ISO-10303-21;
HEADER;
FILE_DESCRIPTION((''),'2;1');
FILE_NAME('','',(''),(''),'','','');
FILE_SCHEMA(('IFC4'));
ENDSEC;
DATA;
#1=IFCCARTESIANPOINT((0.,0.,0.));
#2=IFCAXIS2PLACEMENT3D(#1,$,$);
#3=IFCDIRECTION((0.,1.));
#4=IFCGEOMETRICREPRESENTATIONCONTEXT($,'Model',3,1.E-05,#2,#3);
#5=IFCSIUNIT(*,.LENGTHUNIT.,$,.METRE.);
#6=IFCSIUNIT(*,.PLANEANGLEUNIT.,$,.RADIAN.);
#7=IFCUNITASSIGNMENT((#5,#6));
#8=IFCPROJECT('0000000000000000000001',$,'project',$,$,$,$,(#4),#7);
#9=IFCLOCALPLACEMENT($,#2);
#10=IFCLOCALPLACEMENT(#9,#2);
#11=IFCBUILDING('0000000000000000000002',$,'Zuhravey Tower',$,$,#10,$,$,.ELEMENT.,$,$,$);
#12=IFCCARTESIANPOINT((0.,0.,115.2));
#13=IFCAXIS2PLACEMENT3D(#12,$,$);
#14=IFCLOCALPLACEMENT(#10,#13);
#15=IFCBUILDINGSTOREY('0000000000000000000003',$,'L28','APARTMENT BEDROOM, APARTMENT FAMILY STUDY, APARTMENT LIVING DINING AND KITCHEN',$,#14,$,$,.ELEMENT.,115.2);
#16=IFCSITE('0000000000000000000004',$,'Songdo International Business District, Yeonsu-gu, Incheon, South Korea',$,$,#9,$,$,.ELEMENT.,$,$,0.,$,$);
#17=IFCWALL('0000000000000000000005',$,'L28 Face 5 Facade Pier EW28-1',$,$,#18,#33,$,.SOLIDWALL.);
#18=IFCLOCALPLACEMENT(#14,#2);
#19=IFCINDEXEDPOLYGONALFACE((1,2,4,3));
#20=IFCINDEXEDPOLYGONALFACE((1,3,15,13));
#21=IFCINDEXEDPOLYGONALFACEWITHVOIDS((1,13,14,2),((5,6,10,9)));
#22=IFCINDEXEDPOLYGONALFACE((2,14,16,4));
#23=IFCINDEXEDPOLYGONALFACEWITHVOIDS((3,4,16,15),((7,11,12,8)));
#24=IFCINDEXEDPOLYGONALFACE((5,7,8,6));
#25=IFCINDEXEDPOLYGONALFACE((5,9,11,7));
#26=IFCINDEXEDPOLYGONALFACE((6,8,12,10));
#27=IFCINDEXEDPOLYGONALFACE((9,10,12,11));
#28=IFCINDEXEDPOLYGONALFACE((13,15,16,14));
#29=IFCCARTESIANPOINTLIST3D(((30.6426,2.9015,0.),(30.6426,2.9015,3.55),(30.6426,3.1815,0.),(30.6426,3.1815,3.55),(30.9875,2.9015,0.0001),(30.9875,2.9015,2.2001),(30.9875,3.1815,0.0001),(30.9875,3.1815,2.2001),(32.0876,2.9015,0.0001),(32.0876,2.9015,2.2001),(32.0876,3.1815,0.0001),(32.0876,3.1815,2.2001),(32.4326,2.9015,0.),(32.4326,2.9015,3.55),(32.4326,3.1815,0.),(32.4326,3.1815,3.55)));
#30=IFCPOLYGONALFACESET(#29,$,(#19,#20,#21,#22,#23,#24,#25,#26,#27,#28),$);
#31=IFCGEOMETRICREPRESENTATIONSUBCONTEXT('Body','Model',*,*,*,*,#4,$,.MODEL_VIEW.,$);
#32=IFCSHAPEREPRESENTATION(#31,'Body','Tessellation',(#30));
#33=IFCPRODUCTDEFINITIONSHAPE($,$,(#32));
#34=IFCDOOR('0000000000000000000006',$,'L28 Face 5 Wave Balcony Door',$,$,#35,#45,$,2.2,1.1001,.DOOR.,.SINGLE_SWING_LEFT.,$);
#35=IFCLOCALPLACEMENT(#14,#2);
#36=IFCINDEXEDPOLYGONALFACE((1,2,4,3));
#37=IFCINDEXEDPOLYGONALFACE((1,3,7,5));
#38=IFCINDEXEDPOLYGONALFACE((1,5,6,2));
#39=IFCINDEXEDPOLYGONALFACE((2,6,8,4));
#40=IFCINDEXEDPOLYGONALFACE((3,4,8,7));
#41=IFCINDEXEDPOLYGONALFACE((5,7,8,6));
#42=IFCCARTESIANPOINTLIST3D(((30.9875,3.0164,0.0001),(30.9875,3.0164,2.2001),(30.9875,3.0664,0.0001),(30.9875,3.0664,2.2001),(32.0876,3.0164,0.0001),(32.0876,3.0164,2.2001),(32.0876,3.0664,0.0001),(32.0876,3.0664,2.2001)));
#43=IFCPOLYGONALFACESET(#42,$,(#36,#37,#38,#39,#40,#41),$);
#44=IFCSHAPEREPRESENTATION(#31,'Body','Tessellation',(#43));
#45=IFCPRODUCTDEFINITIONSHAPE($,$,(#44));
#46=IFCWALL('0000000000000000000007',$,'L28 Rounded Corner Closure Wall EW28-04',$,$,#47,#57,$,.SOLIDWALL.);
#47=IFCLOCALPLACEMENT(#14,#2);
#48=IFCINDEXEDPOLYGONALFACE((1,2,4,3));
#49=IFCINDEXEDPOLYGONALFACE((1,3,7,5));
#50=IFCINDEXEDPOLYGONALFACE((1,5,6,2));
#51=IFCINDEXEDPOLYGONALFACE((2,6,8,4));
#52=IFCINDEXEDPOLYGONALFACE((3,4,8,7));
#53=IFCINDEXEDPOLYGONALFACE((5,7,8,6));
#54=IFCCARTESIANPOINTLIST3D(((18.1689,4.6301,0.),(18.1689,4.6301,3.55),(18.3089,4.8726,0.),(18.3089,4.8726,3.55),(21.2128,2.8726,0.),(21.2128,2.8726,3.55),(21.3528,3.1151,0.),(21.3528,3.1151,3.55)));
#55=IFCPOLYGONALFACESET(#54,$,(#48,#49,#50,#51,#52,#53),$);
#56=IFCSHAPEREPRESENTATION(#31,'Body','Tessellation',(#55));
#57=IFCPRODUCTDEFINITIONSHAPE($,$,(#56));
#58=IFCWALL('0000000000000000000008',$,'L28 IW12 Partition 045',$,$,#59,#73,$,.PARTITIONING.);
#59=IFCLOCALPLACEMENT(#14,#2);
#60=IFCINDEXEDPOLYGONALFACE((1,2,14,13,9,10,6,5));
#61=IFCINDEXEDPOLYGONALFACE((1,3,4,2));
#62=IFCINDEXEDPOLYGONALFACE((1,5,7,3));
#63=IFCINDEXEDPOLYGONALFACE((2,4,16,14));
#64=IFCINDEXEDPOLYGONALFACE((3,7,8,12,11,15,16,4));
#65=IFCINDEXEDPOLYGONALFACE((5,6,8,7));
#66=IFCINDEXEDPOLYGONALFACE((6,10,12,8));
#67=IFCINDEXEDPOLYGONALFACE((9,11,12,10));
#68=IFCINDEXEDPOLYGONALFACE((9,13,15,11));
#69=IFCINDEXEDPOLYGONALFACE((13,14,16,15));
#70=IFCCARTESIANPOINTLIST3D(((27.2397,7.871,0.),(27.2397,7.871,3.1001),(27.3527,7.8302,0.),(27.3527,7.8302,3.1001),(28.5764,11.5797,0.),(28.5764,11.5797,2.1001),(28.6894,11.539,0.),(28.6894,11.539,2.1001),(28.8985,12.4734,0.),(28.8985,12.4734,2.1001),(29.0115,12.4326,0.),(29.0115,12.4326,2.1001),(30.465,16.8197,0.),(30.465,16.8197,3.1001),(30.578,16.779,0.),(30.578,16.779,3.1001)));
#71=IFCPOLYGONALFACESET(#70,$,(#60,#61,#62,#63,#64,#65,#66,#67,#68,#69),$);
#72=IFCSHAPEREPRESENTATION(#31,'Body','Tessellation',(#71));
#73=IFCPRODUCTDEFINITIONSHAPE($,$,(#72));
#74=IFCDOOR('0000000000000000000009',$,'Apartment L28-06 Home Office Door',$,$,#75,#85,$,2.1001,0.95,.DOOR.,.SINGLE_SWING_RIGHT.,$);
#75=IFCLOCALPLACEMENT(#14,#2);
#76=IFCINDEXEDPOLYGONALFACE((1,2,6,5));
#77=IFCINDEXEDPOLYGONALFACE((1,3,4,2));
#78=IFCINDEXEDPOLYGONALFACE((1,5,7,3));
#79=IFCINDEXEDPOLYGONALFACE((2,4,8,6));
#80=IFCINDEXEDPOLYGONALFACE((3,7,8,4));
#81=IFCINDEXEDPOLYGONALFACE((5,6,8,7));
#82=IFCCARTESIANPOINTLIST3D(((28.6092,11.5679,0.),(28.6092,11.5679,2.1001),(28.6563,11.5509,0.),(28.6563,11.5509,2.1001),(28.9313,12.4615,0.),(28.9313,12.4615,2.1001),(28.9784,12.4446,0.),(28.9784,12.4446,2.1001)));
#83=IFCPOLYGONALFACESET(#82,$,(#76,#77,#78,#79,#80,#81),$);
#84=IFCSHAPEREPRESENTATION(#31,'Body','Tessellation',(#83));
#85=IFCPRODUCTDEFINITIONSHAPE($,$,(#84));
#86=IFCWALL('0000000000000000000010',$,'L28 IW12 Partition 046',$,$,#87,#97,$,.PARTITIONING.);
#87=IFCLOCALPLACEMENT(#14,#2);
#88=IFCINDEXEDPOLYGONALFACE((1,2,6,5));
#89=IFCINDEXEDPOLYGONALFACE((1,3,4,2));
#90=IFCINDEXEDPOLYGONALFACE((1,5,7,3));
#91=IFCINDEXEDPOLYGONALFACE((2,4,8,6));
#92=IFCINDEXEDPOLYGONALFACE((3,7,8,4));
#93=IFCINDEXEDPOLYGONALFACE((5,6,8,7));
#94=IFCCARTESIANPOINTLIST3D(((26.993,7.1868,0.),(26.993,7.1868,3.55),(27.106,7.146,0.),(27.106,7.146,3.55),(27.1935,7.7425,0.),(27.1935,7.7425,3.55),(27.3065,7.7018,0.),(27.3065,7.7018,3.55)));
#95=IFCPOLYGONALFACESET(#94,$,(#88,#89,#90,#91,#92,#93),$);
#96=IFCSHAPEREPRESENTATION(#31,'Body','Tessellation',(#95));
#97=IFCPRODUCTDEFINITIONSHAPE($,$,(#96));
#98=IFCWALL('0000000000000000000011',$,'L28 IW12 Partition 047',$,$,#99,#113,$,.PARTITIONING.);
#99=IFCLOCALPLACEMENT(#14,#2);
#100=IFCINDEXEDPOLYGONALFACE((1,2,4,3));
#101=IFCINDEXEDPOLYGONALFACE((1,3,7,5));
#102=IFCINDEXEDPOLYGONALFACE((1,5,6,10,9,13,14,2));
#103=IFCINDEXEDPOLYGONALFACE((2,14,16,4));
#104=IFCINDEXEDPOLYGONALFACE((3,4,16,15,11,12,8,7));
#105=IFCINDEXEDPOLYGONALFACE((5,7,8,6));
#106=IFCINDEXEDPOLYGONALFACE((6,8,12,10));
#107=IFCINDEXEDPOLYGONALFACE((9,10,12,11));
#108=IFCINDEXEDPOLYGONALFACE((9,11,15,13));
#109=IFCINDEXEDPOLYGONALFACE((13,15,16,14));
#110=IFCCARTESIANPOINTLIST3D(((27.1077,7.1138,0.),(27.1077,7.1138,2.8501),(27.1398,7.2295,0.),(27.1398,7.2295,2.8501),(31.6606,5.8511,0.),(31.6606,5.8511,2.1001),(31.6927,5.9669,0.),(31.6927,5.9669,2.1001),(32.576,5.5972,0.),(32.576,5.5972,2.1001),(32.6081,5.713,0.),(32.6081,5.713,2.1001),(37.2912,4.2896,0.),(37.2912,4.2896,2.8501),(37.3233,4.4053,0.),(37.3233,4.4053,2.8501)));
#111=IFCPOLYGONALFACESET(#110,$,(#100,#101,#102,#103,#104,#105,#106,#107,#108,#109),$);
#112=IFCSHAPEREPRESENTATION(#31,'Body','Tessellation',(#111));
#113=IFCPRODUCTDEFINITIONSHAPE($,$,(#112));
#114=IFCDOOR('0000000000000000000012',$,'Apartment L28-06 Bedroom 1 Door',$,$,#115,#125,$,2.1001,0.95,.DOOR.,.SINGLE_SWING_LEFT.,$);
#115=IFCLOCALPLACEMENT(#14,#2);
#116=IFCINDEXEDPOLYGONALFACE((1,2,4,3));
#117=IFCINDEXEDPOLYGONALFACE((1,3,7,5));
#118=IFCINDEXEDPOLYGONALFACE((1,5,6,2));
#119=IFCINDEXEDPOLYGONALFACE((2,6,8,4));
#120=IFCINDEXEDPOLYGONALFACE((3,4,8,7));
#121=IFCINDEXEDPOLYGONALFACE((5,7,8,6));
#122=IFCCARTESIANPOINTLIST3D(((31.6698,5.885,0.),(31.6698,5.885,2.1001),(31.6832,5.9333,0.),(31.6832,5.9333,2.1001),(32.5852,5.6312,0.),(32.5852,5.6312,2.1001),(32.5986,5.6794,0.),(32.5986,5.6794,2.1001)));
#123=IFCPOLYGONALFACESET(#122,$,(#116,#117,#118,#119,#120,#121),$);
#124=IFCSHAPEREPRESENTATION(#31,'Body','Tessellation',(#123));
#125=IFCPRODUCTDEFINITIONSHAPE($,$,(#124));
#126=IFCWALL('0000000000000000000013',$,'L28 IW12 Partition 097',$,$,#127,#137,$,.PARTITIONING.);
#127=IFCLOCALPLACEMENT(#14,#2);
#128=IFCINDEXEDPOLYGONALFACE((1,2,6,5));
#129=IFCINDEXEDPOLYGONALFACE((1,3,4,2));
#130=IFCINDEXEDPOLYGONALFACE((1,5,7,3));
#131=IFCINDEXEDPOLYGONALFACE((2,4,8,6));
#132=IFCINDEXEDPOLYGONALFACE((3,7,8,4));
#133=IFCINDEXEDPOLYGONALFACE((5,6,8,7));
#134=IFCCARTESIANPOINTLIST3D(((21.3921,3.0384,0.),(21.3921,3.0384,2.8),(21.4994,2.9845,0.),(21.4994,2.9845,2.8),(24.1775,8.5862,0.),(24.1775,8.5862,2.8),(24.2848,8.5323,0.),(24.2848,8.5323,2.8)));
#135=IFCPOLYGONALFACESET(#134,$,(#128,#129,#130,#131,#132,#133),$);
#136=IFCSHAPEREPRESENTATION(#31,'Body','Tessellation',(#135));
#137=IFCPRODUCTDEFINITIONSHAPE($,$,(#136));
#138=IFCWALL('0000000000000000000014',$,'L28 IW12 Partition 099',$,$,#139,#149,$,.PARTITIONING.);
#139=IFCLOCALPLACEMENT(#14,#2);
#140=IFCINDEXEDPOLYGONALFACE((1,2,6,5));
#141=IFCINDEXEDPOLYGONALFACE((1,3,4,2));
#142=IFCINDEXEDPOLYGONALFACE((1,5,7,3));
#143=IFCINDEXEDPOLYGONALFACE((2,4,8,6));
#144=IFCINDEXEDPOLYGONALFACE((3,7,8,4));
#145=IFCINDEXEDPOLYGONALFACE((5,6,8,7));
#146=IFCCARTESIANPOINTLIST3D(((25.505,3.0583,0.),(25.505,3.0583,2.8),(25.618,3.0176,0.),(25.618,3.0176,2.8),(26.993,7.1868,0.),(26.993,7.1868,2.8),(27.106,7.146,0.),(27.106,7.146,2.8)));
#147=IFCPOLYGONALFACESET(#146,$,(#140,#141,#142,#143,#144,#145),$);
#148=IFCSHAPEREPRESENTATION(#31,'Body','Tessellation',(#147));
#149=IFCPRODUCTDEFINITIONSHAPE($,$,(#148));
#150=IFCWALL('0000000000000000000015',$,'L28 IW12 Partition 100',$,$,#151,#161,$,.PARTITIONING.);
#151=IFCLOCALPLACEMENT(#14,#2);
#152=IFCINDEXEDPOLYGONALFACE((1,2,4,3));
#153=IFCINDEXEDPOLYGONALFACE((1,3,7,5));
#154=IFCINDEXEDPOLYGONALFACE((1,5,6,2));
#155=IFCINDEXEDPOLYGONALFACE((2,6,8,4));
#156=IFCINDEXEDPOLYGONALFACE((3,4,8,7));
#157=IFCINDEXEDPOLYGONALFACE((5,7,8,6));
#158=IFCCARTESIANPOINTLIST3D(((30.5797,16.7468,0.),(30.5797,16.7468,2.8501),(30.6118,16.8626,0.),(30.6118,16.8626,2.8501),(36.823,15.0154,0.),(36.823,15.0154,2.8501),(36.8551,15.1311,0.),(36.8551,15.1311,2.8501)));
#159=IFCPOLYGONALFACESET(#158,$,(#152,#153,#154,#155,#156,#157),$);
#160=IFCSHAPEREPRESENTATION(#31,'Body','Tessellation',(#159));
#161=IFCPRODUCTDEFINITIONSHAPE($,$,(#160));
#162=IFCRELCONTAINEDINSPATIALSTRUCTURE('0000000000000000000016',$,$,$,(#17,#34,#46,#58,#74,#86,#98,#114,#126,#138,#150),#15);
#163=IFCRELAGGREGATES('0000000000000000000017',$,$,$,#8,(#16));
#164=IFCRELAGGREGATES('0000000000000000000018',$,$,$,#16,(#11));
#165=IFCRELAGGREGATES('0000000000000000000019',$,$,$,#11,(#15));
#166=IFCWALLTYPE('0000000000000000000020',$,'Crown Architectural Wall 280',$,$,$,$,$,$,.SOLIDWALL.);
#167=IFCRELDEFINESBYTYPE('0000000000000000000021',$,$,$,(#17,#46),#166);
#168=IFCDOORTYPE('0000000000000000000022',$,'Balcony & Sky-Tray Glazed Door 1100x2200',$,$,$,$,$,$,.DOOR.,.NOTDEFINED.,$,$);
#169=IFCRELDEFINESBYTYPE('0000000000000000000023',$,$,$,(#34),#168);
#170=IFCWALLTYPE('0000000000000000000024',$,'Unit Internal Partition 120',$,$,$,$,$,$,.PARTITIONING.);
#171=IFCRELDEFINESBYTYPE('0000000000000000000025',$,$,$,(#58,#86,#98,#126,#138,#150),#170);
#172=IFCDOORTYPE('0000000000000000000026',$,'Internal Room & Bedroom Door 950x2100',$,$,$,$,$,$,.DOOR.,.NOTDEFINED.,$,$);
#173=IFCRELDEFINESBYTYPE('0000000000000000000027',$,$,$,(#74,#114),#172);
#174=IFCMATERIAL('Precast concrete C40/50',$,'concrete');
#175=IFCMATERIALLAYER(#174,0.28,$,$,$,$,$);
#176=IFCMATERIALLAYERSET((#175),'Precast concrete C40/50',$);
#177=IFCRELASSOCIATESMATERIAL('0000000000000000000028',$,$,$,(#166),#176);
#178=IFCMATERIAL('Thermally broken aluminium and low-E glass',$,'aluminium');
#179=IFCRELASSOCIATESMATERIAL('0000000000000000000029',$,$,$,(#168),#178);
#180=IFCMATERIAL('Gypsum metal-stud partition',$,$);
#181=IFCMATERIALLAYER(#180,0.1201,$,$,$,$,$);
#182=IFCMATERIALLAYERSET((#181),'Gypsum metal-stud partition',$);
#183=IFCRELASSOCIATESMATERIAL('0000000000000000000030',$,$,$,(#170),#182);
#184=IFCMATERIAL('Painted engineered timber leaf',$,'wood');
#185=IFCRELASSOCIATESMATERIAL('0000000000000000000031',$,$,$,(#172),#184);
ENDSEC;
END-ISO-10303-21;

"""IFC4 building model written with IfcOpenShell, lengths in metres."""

from ifc_helpers import new_model, si_unit, direction, frame, frame_2d, origin, place, context, subcontext, project, spatial, rectangle, extrude, material, layer, layer_set, type_object, element, fill, save


model = new_model("IFC4")

# Units and contexts
model_context = context("Model", 3, precision=1e-05, world=origin(), true_north=direction((0.0, 1.0)))
body_context = subcontext(model_context, "Body", "Model", "MODEL_VIEW")
ifc_project = project(units=[si_unit("LENGTHUNIT", "METRE"), si_unit("PLANEANGLEUNIT", "RADIAN")], contexts=[model_context])

# Site, building, storey
site_placement = place(None, origin())
site = spatial("IfcSite", under=ifc_project, at=site_placement, Name="Songdo International Business District, Yeonsu-gu, Incheon, South Korea", CompositionType="ELEMENT", RefElevation=0.0)
building_placement = place(site_placement, origin())
building = spatial("IfcBuilding", under=site, at=building_placement, Name="Zuhravey Tower", CompositionType="ELEMENT")
storey_placement = place(building_placement, frame((0.0, 0.0, 115.2)))
storey = spatial("IfcBuildingStorey", under=building, at=storey_placement, Name="L28", Description="APARTMENT BEDROOM, APARTMENT FAMILY STUDY, APARTMENT LIVING DINING AND KITCHEN", CompositionType="ELEMENT", Elevation=115.2)

# Wall, opening, door
ifc_material_1 = material(Name="Precast concrete C40/50", Category="concrete")
ifc_layer_1 = layer(ifc_material_1, 0.28)
ifc_layer_set_1 = layer_set([ifc_layer_1], Name="Precast concrete C40/50")
wall_type_1 = type_object("IfcWallType", Name="Crown Architectural Wall 280", PredefinedType="SOLIDWALL", material=ifc_layer_set_1)
wall_1_placement = place(storey_placement, frame((32.4326, 3.0415, 0.0), z_axis=(0.0, 0.0, 1.0), x_axis=(-1.0, 0.0, 0.0)))
wall_1 = element("IfcWall", 1, at=wall_1_placement, inside=storey, type_object=wall_type_1, Name="L28 Face 5 Facade Pier EW28-1", PredefinedType="SOLIDWALL", context=body_context, shape_type="SweptSolid", body=[
    extrude(rectangle(XDim=1.79, YDim=0.28, at=frame_2d((0.895, 0.0))), origin(), (0.0, 0.0, 1.0), 3.55),
])
opening_1_placement = place(wall_1_placement, frame((0.345, 0.0, 0.0)))
opening_1 = element("IfcOpeningElement", 2, at=opening_1_placement, cuts=wall_1, PredefinedType="OPENING", context=body_context, shape_type="SweptSolid", body=[
    extrude(rectangle(XDim=1.1001, YDim=2.2, at=frame_2d((0.55, 1.1001))), frame((0.0, 0.1521, 0.0), z_axis=(0.0, -1.0, 0.0), x_axis=(1.0, 0.0, 0.0)), (0.0, 0.0, 1.0), 0.304),
])
ifc_material_2 = material(Name="Thermally broken aluminium and low-E glass", Category="aluminium")
door_type_1 = type_object("IfcDoorType", Name="Balcony & Sky-Tray Glazed Door 1100x2200", OperationType="NOTDEFINED", PredefinedType="DOOR", material=ifc_material_2)
door_1_placement = place(opening_1_placement, frame((1.1001, 0.0, 0.0), z_axis=(0.0, 0.0, 1.0), x_axis=(-1.0, 0.0, 0.0)))
door_1 = element("IfcDoor", 3, at=door_1_placement, inside=storey, type_object=door_type_1, Name="L28 Face 5 Wave Balcony Door", OperationType="SINGLE_SWING_LEFT", OverallHeight=2.2, OverallWidth=1.1001, PredefinedType="DOOR", context=body_context, shape_type="SweptSolid", body=[
    extrude(rectangle(XDim=1.1001, YDim=2.2, at=frame_2d((0.55, 1.1001))), frame((0.0, 0.0249, 0.0), z_axis=(0.0, -1.0, 0.0), x_axis=(1.0, 0.0, 0.0)), (0.0, 0.0, 1.0), 0.05),
])
fill(opening_1, door_1)

# Wall
wall_2_placement = place(storey_placement, frame((21.2827, 2.9939, 0.0), z_axis=(0.0, 0.0, 1.0), x_axis=(-0.866007, 0.500031, 0.0)))
element("IfcWall", 4, at=wall_2_placement, inside=storey, type_object=wall_type_1, Name="L28 Rounded Corner Closure Wall EW28-04", PredefinedType="SOLIDWALL", context=body_context, shape_type="SweptSolid", body=[
    extrude(rectangle(XDim=3.5149, YDim=0.28, at=frame_2d((1.7573, 0.0))), origin(), (0.0, 0.0, 1.0), 3.55),
])

# Wall, opening, door
ifc_material_3 = material(Name="Gypsum metal-stud partition")
ifc_layer_2 = layer(ifc_material_3, 0.1201)
ifc_layer_set_2 = layer_set([ifc_layer_2], Name="Gypsum metal-stud partition")
wall_type_2 = type_object("IfcWallType", Name="Unit Internal Partition 120", PredefinedType="PARTITIONING", material=ifc_layer_set_2)
wall_3_placement = place(storey_placement, frame((30.5215, 16.7993, 0.0), z_axis=(0.0, 0.0, 1.0), x_axis=(-0.339073, -0.94076, 0.0)))
wall_3 = element("IfcWall", 5, at=wall_3_placement, inside=storey, type_object=wall_type_2, Name="L28 IW12 Partition 045", PredefinedType="PARTITIONING", context=body_context, shape_type="SweptSolid", body=[
    extrude(rectangle(XDim=9.5122, YDim=0.1201, at=frame_2d((4.7561, 0.0))), origin(), (0.0, 0.0, 1.0), 3.1001),
])
opening_2_placement = place(wall_3_placement, frame((4.6199, 0.0, 0.0)))
opening_2 = element("IfcOpeningElement", 6, at=opening_2_placement, cuts=wall_3, PredefinedType="OPENING", context=body_context, shape_type="SweptSolid", body=[
    extrude(rectangle(XDim=0.95, YDim=2.1001, at=frame_2d((0.4751, 1.05))), frame((0.0, 0.072, 0.0), z_axis=(0.0, -1.0, 0.0), x_axis=(1.0, 0.0, 0.0)), (0.0, 0.0, 1.0), 0.144),
])
ifc_material_4 = material(Name="Painted engineered timber leaf", Category="wood")
door_type_2 = type_object("IfcDoorType", Name="Internal Room & Bedroom Door 950x2100", OperationType="NOTDEFINED", PredefinedType="DOOR", material=ifc_material_4)
door_2_placement = place(opening_2_placement, origin())
door_2 = element("IfcDoor", 7, at=door_2_placement, inside=storey, type_object=door_type_2, Name="Apartment L28-06 Home Office Door", OperationType="SINGLE_SWING_RIGHT", OverallHeight=2.1001, OverallWidth=0.95, PredefinedType="DOOR", context=body_context, shape_type="SweptSolid", body=[
    extrude(rectangle(XDim=0.95, YDim=2.1001, at=frame_2d((0.4751, 1.05))), frame((0.0, 0.0249, 0.0), z_axis=(0.0, -1.0, 0.0), x_axis=(1.0, 0.0, 0.0)), (0.0, 0.0, 1.0), 0.05),
])
fill(opening_2, door_2)

# Wall
wall_4_placement = place(storey_placement, frame((27.25, 7.7222, 0.0), z_axis=(0.0, 0.0, 1.0), x_axis=(-0.339319, -0.940671, 0.0)))
element("IfcWall", 8, at=wall_4_placement, inside=storey, type_object=wall_type_2, Name="L28 IW12 Partition 046", PredefinedType="PARTITIONING", context=body_context, shape_type="SweptSolid", body=[
    extrude(rectangle(XDim=0.5908, YDim=0.1201, at=frame_2d((0.2954, 0.0))), origin(), (0.0, 0.0, 1.0), 3.55),
])

# Wall, opening, door
wall_5_placement = place(storey_placement, frame((27.1238, 7.1716, 0.0), z_axis=(0.0, 0.0, 1.0), x_axis=(0.963629, -0.267243, 0.0)))
wall_5 = element("IfcWall", 9, at=wall_5_placement, inside=storey, type_object=wall_type_2, Name="L28 IW12 Partition 047", PredefinedType="PARTITIONING", context=body_context, shape_type="SweptSolid", body=[
    extrude(rectangle(XDim=10.5679, YDim=0.1201, at=frame_2d((5.2839, 0.0))), origin(), (0.0, 0.0, 1.0), 2.8501),
])
opening_3_placement = place(wall_5_placement, frame((4.7246, 0.0, 0.0)))
opening_3 = element("IfcOpeningElement", 10, at=opening_3_placement, cuts=wall_5, PredefinedType="OPENING", context=body_context, shape_type="SweptSolid", body=[
    extrude(rectangle(XDim=0.95, YDim=2.1001, at=frame_2d((0.4751, 1.05))), frame((0.0, 0.072, 0.0), z_axis=(0.0, -1.0, 0.0), x_axis=(1.0, 0.0, 0.0)), (0.0, 0.0, 1.0), 0.144),
])
door_3_placement = place(opening_3_placement, frame((0.95, 0.0, 0.0), z_axis=(0.0, 0.0, 1.0), x_axis=(-1.0, 0.0, 0.0)))
door_3 = element("IfcDoor", 11, at=door_3_placement, inside=storey, type_object=door_type_2, Name="Apartment L28-06 Bedroom 1 Door", OperationType="SINGLE_SWING_LEFT", OverallHeight=2.1001, OverallWidth=0.95, PredefinedType="DOOR", context=body_context, shape_type="SweptSolid", body=[
    extrude(rectangle(XDim=0.95, YDim=2.1001, at=frame_2d((0.4751, 1.05))), frame((0.0, 0.0249, 0.0), z_axis=(0.0, -1.0, 0.0), x_axis=(1.0, 0.0, 0.0)), (0.0, 0.0, 1.0), 0.05),
])
fill(opening_3, door_3)

# Walls
wall_6_placement = place(storey_placement, frame((24.2312, 8.5593, 0.0), z_axis=(0.0, 0.0, 1.0), x_axis=(-0.448692, -0.893687, 0.0)))
element("IfcWall", 12, at=wall_6_placement, inside=storey, type_object=wall_type_2, Name="L28 IW12 Partition 097", PredefinedType="PARTITIONING", context=body_context, shape_type="SweptSolid", body=[
    extrude(rectangle(XDim=6.2078, YDim=0.1201, at=frame_2d((3.104, 0.0))), origin(), (0.0, 0.0, 1.0), 2.8),
])
wall_7_placement = place(storey_placement, frame((27.0496, 7.1665, 0.0), z_axis=(0.0, 0.0, 1.0), x_axis=(-0.339084, -0.940756, 0.0)))
element("IfcWall", 13, at=wall_7_placement, inside=storey, type_object=wall_type_2, Name="L28 IW12 Partition 099", PredefinedType="PARTITIONING", context=body_context, shape_type="SweptSolid", body=[
    extrude(rectangle(XDim=4.3884, YDim=0.1201, at=frame_2d((2.1943, 0.0))), origin(), (0.0, 0.0, 1.0), 2.8),
])
wall_8_placement = place(storey_placement, frame((30.5957, 16.8047, 0.0), z_axis=(0.0, 0.0, 1.0), x_axis=(0.963631, -0.267238, 0.0)))
element("IfcWall", 14, at=wall_8_placement, inside=storey, type_object=wall_type_2, Name="L28 IW12 Partition 100", PredefinedType="PARTITIONING", context=body_context, shape_type="SweptSolid", body=[
    extrude(rectangle(XDim=6.479, YDim=0.1201, at=frame_2d((3.2395, 0.0))), origin(), (0.0, 0.0, 1.0), 2.8501),
])

save(model, "model.ifc")
